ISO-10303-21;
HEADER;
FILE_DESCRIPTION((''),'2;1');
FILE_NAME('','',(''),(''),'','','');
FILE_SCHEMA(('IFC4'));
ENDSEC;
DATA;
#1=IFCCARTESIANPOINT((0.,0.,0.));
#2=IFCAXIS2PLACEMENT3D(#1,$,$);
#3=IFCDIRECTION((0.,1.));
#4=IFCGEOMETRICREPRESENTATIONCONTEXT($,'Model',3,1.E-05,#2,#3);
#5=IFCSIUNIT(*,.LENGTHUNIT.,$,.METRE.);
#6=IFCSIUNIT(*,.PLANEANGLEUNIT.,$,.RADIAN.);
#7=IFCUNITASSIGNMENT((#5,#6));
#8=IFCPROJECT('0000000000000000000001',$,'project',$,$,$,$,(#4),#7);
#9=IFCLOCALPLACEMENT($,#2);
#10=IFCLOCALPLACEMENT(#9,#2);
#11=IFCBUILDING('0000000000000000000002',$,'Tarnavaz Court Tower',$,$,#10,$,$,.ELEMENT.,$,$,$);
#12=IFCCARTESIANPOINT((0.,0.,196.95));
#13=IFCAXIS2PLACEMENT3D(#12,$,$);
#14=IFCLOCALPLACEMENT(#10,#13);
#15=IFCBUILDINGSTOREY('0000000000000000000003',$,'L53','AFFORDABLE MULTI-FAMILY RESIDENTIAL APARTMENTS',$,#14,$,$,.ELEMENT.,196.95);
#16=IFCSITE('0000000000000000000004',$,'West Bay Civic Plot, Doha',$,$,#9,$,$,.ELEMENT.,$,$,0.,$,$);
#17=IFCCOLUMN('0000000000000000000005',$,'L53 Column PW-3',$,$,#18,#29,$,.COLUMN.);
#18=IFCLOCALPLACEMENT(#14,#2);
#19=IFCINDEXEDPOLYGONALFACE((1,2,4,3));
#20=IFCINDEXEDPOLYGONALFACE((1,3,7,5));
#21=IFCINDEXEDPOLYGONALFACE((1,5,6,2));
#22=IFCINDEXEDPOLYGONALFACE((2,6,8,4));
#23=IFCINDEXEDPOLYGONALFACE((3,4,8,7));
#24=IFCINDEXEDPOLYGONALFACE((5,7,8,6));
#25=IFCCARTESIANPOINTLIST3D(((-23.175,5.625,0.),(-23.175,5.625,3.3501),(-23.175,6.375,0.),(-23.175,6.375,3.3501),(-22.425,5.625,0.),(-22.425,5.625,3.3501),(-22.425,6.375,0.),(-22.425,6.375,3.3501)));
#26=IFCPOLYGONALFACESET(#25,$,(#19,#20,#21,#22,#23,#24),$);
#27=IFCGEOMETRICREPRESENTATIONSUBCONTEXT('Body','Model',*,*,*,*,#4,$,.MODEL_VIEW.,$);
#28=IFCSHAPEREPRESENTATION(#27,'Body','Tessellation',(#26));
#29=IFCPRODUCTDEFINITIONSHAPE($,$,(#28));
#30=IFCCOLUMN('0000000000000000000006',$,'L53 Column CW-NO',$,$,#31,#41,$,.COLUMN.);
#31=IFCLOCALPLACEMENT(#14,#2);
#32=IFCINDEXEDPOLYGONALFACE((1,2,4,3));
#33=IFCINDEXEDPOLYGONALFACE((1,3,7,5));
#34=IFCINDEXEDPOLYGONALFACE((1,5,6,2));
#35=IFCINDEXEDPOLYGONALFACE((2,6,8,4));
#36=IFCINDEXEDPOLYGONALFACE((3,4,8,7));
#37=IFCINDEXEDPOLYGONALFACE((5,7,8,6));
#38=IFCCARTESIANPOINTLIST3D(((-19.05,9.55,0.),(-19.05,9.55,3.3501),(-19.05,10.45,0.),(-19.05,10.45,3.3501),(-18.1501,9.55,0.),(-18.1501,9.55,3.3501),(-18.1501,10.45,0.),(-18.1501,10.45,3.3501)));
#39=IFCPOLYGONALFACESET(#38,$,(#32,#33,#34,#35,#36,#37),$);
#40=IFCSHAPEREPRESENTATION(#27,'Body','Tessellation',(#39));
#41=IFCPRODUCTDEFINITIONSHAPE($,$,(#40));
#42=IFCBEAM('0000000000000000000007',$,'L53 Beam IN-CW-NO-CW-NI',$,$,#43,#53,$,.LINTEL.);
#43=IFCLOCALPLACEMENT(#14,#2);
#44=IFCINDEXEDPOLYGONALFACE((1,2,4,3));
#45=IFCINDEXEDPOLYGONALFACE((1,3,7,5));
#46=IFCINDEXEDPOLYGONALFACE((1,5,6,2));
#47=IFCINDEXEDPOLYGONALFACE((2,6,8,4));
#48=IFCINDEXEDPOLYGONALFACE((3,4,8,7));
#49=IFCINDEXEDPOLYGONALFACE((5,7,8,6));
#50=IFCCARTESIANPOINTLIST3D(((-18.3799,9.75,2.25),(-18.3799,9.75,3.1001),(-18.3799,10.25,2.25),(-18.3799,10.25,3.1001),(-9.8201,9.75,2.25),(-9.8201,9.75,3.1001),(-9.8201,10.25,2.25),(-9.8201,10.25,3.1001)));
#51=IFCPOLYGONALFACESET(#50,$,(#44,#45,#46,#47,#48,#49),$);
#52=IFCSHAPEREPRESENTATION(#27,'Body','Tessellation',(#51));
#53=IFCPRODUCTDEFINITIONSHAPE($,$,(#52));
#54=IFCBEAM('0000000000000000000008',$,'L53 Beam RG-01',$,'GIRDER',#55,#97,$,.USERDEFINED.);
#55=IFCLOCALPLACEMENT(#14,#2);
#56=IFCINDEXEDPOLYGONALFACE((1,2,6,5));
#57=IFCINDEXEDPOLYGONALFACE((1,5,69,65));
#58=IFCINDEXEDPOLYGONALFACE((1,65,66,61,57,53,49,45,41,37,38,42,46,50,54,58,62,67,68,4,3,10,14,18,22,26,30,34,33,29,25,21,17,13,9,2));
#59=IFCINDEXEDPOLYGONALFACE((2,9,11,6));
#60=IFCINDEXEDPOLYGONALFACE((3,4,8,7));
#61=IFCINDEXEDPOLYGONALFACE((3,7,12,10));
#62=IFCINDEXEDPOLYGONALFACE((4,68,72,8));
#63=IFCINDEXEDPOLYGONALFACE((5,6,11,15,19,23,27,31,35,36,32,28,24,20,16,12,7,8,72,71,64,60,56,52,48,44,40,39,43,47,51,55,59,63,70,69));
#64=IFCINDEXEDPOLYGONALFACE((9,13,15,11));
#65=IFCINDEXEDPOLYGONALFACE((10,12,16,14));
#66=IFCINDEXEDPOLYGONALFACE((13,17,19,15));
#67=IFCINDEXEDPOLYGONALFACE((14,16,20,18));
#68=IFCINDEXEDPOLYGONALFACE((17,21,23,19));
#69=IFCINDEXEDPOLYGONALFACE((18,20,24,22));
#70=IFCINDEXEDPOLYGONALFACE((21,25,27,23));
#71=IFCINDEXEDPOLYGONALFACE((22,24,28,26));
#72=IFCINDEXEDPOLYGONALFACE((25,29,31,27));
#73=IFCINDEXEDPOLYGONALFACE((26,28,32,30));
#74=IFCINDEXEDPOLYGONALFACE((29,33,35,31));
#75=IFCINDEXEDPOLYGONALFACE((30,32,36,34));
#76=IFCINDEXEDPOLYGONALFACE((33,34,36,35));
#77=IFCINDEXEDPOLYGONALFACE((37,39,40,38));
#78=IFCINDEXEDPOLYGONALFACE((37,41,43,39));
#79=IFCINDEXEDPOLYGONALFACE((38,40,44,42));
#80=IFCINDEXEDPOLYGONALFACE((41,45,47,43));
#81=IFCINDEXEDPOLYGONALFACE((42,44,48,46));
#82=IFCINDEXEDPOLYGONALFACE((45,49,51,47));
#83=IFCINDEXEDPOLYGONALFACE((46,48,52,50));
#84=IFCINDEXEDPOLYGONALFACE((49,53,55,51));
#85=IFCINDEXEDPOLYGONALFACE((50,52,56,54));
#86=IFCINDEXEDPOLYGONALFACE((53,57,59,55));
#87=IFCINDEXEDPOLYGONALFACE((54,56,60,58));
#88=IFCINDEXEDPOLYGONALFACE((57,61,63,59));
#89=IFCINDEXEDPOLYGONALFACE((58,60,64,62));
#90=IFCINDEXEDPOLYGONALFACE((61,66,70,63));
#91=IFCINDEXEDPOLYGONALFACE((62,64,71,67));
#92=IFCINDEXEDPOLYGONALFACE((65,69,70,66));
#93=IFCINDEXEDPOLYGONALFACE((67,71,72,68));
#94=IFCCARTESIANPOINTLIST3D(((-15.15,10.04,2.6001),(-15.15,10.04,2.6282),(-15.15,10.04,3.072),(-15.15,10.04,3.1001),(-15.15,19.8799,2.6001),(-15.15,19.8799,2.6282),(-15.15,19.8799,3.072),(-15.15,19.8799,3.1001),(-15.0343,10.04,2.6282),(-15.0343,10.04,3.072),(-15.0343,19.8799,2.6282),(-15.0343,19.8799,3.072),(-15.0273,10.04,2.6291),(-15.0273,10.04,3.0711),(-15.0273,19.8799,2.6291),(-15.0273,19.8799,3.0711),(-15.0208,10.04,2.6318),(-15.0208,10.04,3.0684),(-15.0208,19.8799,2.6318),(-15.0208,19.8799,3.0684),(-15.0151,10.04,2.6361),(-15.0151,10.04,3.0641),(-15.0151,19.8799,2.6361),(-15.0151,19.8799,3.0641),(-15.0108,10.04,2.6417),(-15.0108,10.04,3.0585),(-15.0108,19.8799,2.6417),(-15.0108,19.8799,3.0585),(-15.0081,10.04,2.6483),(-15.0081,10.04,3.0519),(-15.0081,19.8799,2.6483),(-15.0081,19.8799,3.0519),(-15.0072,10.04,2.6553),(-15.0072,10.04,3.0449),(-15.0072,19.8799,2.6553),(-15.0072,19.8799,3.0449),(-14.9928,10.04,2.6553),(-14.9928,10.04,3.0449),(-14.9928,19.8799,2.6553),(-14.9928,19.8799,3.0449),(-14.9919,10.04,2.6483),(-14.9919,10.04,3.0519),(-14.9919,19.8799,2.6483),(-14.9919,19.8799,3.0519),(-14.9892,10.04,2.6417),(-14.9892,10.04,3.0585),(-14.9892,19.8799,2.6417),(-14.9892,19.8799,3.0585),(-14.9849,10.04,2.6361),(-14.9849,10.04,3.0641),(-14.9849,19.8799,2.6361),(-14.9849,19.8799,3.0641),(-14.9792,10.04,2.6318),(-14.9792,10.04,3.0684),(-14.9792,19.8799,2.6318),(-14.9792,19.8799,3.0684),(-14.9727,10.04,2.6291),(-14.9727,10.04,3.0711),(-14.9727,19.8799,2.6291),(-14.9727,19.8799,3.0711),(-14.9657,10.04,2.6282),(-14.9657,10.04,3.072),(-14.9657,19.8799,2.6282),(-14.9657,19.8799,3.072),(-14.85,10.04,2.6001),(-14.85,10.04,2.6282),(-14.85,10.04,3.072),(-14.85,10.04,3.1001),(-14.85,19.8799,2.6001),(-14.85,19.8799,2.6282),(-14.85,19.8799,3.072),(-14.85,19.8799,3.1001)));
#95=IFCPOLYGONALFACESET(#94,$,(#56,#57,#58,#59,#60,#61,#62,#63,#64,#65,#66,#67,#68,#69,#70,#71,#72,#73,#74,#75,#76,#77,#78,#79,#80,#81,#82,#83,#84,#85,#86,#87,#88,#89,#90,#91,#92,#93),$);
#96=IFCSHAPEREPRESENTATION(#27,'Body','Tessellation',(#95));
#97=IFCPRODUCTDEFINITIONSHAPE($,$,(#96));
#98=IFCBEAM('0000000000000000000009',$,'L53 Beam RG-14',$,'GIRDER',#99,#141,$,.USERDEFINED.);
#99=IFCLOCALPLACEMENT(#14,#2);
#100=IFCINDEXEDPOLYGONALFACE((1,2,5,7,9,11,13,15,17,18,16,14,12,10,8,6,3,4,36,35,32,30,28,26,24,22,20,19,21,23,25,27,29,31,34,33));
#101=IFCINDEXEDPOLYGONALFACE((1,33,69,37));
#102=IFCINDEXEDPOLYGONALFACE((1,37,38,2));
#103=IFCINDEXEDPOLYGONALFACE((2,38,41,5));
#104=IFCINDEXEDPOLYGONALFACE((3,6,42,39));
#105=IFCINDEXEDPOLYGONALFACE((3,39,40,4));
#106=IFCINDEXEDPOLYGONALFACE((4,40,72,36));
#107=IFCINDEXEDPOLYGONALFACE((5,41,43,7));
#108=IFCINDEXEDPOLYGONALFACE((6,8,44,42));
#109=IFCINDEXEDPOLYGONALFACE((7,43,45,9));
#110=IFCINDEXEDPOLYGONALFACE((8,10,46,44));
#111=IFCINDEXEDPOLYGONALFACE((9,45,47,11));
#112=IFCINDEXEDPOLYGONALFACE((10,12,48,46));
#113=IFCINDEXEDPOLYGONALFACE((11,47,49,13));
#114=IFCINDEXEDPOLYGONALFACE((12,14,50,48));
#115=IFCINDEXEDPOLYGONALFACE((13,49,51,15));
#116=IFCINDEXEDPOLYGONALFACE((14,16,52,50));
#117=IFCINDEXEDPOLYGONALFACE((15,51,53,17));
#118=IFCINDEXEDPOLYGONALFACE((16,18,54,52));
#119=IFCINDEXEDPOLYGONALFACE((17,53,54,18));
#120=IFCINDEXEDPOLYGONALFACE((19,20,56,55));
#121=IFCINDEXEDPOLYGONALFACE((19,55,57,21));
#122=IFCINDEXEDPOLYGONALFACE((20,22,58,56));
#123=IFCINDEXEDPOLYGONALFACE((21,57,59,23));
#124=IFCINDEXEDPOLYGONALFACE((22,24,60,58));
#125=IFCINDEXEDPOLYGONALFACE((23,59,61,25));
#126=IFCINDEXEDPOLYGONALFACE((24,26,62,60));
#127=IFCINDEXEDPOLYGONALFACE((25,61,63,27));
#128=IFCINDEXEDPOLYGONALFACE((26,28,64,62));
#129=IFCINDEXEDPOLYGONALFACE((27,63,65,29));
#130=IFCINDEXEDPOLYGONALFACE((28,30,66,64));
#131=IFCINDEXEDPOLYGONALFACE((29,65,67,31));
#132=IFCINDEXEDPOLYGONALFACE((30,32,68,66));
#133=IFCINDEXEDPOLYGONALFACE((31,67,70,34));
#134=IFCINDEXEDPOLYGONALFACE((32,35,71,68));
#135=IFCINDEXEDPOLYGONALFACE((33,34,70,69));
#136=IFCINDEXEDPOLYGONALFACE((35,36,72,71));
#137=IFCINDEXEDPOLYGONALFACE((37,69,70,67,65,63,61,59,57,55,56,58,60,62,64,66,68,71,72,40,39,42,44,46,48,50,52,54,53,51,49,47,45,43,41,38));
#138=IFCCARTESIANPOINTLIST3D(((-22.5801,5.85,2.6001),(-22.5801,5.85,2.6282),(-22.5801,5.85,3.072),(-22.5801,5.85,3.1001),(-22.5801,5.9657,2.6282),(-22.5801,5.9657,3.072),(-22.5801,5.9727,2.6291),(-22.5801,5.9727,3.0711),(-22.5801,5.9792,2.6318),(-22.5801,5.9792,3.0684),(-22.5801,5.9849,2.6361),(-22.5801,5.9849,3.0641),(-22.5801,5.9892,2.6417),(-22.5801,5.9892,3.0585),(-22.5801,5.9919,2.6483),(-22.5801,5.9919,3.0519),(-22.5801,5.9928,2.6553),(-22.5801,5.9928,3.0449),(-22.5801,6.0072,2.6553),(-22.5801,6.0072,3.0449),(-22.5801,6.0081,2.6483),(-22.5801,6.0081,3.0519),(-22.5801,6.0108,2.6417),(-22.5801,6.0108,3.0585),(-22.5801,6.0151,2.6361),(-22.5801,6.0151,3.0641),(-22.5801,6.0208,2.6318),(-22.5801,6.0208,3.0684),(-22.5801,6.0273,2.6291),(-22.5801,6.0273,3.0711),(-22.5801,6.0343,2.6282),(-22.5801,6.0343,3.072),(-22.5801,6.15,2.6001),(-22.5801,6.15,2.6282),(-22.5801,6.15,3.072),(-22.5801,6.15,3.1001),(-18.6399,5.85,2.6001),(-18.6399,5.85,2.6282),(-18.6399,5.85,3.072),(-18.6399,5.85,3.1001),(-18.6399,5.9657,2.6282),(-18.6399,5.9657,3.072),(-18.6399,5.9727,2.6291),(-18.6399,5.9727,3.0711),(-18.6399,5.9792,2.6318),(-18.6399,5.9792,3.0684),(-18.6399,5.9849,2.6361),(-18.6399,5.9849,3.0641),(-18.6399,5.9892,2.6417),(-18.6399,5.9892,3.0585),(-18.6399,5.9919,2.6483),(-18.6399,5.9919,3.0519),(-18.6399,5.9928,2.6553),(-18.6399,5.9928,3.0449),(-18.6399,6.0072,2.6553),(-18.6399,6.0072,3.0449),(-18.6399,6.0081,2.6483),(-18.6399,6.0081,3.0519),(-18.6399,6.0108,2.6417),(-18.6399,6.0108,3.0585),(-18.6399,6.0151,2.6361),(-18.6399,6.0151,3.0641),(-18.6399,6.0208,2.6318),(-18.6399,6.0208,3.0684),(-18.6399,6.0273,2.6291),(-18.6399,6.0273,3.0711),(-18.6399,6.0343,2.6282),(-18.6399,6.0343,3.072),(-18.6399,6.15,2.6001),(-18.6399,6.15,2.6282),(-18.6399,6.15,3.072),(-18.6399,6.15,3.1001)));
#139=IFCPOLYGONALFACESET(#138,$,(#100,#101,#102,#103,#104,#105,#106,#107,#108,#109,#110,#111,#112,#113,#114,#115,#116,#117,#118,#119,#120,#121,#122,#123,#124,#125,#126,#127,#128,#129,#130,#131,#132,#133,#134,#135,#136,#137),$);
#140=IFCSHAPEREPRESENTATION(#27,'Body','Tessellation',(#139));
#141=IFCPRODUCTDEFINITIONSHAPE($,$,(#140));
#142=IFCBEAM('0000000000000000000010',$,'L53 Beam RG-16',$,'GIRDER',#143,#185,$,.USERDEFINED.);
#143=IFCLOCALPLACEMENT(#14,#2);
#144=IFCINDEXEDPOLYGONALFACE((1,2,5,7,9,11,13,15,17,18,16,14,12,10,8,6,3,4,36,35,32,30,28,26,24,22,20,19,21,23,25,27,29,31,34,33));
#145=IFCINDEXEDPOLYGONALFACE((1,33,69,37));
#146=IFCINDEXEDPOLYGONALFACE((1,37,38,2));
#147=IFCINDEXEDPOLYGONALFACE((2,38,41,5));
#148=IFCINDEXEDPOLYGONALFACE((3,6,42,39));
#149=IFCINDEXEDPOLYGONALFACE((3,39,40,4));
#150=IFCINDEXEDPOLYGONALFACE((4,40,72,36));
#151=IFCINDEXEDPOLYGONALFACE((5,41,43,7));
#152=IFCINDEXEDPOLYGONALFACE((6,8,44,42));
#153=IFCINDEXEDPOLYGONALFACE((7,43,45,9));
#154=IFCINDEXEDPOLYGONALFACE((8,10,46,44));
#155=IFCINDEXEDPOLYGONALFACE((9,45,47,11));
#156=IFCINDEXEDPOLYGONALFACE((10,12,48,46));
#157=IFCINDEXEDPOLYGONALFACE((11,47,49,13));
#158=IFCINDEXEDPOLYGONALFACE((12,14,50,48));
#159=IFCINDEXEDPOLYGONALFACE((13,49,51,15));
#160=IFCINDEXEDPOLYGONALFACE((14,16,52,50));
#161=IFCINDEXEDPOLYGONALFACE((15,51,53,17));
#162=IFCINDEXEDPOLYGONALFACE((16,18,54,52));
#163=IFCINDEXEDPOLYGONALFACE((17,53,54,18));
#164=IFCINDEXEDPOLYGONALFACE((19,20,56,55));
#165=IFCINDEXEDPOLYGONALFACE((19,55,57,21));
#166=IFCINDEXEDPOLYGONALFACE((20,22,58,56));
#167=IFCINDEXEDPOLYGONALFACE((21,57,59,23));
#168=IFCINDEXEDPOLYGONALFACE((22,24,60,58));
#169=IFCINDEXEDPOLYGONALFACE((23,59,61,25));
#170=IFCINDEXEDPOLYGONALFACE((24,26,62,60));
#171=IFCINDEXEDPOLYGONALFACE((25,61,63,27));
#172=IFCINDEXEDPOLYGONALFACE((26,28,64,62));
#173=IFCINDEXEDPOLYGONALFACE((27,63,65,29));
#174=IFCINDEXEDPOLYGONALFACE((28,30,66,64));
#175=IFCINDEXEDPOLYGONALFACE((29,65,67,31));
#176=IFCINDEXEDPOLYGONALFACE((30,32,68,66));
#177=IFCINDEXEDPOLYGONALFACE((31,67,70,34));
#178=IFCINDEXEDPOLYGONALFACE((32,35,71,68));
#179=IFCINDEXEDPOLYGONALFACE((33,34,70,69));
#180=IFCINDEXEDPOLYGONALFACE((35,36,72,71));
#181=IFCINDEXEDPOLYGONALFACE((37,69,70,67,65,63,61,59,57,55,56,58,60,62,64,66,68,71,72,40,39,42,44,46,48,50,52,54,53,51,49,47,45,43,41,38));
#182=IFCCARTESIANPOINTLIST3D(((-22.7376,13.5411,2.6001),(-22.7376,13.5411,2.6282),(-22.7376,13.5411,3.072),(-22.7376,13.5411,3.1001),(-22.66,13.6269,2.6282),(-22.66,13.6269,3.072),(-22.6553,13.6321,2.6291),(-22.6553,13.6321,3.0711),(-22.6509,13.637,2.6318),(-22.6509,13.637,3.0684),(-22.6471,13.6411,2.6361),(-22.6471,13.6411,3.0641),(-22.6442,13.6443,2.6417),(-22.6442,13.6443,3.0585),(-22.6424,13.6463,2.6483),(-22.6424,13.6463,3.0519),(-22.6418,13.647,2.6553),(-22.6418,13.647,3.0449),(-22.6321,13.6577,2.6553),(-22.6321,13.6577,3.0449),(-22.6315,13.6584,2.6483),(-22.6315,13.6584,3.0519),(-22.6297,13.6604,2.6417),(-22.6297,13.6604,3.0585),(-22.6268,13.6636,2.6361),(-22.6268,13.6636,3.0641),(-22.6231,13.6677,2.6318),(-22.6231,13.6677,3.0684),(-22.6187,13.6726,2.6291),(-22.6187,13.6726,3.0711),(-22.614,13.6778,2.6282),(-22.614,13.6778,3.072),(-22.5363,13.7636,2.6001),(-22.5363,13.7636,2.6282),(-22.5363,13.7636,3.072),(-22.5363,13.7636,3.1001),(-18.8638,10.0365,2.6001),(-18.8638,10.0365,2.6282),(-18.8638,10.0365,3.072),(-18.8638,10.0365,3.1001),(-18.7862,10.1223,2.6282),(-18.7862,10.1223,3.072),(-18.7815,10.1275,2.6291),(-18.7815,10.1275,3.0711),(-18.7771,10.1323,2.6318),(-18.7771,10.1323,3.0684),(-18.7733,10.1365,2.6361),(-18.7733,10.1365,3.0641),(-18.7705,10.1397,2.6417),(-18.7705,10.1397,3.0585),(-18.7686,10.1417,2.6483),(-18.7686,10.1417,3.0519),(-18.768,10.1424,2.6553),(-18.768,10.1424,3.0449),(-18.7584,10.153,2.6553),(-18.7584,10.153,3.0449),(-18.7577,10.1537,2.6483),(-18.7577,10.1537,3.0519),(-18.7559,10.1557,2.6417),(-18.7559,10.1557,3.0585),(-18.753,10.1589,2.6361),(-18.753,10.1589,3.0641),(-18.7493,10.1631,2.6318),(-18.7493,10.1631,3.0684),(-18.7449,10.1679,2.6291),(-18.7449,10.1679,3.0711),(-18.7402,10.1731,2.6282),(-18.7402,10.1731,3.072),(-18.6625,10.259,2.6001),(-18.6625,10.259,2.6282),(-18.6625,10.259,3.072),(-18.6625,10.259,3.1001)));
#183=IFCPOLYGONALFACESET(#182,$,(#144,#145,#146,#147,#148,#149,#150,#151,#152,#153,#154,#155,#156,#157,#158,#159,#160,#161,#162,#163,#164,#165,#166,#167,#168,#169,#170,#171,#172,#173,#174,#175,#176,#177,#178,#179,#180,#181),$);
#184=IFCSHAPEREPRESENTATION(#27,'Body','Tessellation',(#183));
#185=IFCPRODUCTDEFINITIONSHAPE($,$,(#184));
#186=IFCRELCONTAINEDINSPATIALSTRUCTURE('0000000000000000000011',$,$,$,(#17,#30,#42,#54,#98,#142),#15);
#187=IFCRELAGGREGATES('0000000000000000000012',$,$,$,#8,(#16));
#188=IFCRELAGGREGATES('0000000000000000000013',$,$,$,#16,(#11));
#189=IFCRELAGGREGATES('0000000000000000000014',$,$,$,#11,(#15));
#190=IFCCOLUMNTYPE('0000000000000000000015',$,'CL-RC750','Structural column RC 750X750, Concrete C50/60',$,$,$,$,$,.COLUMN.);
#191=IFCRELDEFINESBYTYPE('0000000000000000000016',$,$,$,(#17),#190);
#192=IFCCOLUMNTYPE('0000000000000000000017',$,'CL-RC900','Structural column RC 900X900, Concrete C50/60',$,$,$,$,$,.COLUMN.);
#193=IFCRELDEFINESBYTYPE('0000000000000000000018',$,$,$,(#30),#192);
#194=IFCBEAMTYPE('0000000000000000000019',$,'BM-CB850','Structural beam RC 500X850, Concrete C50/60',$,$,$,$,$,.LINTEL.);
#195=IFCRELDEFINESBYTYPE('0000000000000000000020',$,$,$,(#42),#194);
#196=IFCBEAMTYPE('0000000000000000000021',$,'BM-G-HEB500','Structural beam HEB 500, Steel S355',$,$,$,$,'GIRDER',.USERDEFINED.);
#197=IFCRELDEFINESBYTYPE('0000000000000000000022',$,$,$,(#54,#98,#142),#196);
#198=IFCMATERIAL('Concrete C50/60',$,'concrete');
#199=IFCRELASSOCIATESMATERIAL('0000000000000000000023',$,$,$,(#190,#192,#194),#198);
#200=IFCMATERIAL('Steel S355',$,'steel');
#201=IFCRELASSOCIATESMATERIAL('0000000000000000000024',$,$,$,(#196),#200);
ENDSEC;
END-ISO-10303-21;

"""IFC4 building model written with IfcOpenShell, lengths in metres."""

from ifc_helpers import new_model, si_unit, direction, frame, origin, origin_2d, place, context, subcontext, project, spatial, rectangle, i_section, extrude, material, material_profile, profile_set, type_object, element, save


model = new_model("IFC4")

# Units and contexts
model_context = context("Model", 3, precision=1e-05, world=origin(), true_north=direction((0.0, 1.0)))
body_context = subcontext(model_context, "Body", "Model", "MODEL_VIEW")
ifc_project = project(units=[si_unit("LENGTHUNIT", "METRE"), si_unit("PLANEANGLEUNIT", "RADIAN")], contexts=[model_context])

# Site, building, storey
site_placement = place(None, origin())
site = spatial("IfcSite", under=ifc_project, at=site_placement, Name="West Bay Civic Plot, Doha", CompositionType="ELEMENT", RefElevation=0.0)
building_placement = place(site_placement, origin())
building = spatial("IfcBuilding", under=site, at=building_placement, Name="Tarnavaz Court Tower", CompositionType="ELEMENT")
storey_placement = place(building_placement, frame((0.0, 0.0, 196.95)))
storey = spatial("IfcBuildingStorey", under=building, at=storey_placement, Name="L53", Description="AFFORDABLE MULTI-FAMILY RESIDENTIAL APARTMENTS", CompositionType="ELEMENT", Elevation=196.95)

# Columns
ifc_material_1 = material(Name="Concrete C50/60", Category="concrete")
ifc_material_profile_1 = material_profile(ifc_material_1, rectangle(XDim=0.75, YDim=0.75, at=origin_2d()), Name="RC 750X750")
ifc_profile_set_1 = profile_set([ifc_material_profile_1], Name="Concrete C50/60")
column_type_1 = type_object("IfcColumnType", Name="CL-RC750", Description="Structural column RC 750X750, Concrete C50/60", PredefinedType="COLUMN", material=ifc_profile_set_1)
column_1_placement = place(storey_placement, frame((-22.8, 6.0, 0.0), z_axis=(0.0, 0.0, 1.0), x_axis=(1.0, 0.0, 0.0)))
element("IfcColumn", 1, at=column_1_placement, inside=storey, type_object=column_type_1, Name="L53 Column PW-3", PredefinedType="COLUMN", context=body_context, shape_type="SweptSolid", body=[
    extrude(rectangle(XDim=0.75, YDim=0.75, at=origin_2d()), origin(), (0.0, 0.0, 1.0), 3.3501),
])
ifc_material_profile_2 = material_profile(ifc_material_1, rectangle(XDim=0.8999, YDim=0.8999, at=origin_2d()), Name="RC 900X900")
ifc_profile_set_2 = profile_set([ifc_material_profile_2], Name="Concrete C50/60")
column_type_2 = type_object("IfcColumnType", Name="CL-RC900", Description="Structural column RC 900X900, Concrete C50/60", PredefinedType="COLUMN", material=ifc_profile_set_2)
column_2_placement = place(storey_placement, frame((-18.6001, 10.0, 0.0), z_axis=(0.0, 0.0, 1.0), x_axis=(1.0, 0.0, 0.0)))
element("IfcColumn", 2, at=column_2_placement, inside=storey, type_object=column_type_2, Name="L53 Column CW-NO", PredefinedType="COLUMN", context=body_context, shape_type="SweptSolid", body=[
    extrude(rectangle(XDim=0.8999, YDim=0.8999, at=origin_2d()), origin(), (0.0, 0.0, 1.0), 3.3501),
])

# Beams
ifc_material_profile_3 = material_profile(ifc_material_1, rectangle(XDim=0.5, YDim=0.8501, at=origin_2d()), Name="RC 500X850")
ifc_profile_set_3 = profile_set([ifc_material_profile_3], Name="Concrete C50/60")
beam_type_1 = type_object("IfcBeamType", Name="BM-CB850", Description="Structural beam RC 500X850, Concrete C50/60", PredefinedType="LINTEL", material=ifc_profile_set_3)
beam_1_placement = place(storey_placement, frame((-18.3799, 10.0, 2.675), z_axis=(1.0, 0.0, 0.0), x_axis=(0.0, 1.0, 0.0)))
element("IfcBeam", 3, at=beam_1_placement, inside=storey, type_object=beam_type_1, Name="L53 Beam IN-CW-NO-CW-NI", PredefinedType="LINTEL", context=body_context, shape_type="SweptSolid", body=[
    extrude(rectangle(XDim=0.5, YDim=0.8501, at=origin_2d()), origin(), (0.0, 0.0, 1.0), 8.5598),
])
ifc_material_2 = material(Name="Steel S355", Category="steel")
ifc_material_profile_4 = material_profile(ifc_material_2, i_section(OverallWidth=0.3, OverallDepth=0.5, WebThickness=0.0144, FlangeThickness=0.0281, FilletRadius=0.0271, at=origin_2d()), Name="HEB 500")
ifc_profile_set_4 = profile_set([ifc_material_profile_4], Name="Steel S355")
beam_type_2 = type_object("IfcBeamType", Name="BM-G-HEB500", Description="Structural beam HEB 500, Steel S355", ElementType="GIRDER", PredefinedType="USERDEFINED", material=ifc_profile_set_4)
beam_2_placement = place(storey_placement, frame((-15.0, 10.04, 2.8501), z_axis=(0.0, 1.0, 0.0), x_axis=(-1.0, 0.0, 0.0)))
element("IfcBeam", 4, at=beam_2_placement, inside=storey, type_object=beam_type_2, Name="L53 Beam RG-01", ObjectType="GIRDER", PredefinedType="USERDEFINED", context=body_context, shape_type="SweptSolid", body=[
    extrude(i_section(OverallWidth=0.3, OverallDepth=0.5, WebThickness=0.0144, FlangeThickness=0.0281, FilletRadius=0.0271, at=origin_2d()), origin(), (0.0, 0.0, 1.0), 9.8398),
])
beam_3_placement = place(storey_placement, frame((-18.6399, 6.0, 2.8501), z_axis=(-1.0, 0.0, 0.0), x_axis=(0.0, -1.0, 0.0)))
element("IfcBeam", 5, at=beam_3_placement, inside=storey, type_object=beam_type_2, Name="L53 Beam RG-14", ObjectType="GIRDER", PredefinedType="USERDEFINED", context=body_context, shape_type="SweptSolid", body=[
    extrude(i_section(OverallWidth=0.3, OverallDepth=0.5, WebThickness=0.0144, FlangeThickness=0.0281, FilletRadius=0.0271, at=origin_2d()), origin(), (0.0, 0.0, 1.0), 3.9402),
])
beam_4_placement = place(storey_placement, frame((-18.7632, 10.1477, 2.8501), z_axis=(-0.741556, 0.670891, 0.0), x_axis=(-0.670891, -0.741556, 0.0)))
element("IfcBeam", 6, at=beam_4_placement, inside=storey, type_object=beam_type_2, Name="L53 Beam RG-16", ObjectType="GIRDER", PredefinedType="USERDEFINED", context=body_context, shape_type="SweptSolid", body=[
    extrude(i_section(OverallWidth=0.3, OverallDepth=0.5, WebThickness=0.0144, FlangeThickness=0.0281, FilletRadius=0.0271, at=origin_2d()), origin(), (0.0, 0.0, 1.0), 5.2239),
])

save(model, "model.ifc")
